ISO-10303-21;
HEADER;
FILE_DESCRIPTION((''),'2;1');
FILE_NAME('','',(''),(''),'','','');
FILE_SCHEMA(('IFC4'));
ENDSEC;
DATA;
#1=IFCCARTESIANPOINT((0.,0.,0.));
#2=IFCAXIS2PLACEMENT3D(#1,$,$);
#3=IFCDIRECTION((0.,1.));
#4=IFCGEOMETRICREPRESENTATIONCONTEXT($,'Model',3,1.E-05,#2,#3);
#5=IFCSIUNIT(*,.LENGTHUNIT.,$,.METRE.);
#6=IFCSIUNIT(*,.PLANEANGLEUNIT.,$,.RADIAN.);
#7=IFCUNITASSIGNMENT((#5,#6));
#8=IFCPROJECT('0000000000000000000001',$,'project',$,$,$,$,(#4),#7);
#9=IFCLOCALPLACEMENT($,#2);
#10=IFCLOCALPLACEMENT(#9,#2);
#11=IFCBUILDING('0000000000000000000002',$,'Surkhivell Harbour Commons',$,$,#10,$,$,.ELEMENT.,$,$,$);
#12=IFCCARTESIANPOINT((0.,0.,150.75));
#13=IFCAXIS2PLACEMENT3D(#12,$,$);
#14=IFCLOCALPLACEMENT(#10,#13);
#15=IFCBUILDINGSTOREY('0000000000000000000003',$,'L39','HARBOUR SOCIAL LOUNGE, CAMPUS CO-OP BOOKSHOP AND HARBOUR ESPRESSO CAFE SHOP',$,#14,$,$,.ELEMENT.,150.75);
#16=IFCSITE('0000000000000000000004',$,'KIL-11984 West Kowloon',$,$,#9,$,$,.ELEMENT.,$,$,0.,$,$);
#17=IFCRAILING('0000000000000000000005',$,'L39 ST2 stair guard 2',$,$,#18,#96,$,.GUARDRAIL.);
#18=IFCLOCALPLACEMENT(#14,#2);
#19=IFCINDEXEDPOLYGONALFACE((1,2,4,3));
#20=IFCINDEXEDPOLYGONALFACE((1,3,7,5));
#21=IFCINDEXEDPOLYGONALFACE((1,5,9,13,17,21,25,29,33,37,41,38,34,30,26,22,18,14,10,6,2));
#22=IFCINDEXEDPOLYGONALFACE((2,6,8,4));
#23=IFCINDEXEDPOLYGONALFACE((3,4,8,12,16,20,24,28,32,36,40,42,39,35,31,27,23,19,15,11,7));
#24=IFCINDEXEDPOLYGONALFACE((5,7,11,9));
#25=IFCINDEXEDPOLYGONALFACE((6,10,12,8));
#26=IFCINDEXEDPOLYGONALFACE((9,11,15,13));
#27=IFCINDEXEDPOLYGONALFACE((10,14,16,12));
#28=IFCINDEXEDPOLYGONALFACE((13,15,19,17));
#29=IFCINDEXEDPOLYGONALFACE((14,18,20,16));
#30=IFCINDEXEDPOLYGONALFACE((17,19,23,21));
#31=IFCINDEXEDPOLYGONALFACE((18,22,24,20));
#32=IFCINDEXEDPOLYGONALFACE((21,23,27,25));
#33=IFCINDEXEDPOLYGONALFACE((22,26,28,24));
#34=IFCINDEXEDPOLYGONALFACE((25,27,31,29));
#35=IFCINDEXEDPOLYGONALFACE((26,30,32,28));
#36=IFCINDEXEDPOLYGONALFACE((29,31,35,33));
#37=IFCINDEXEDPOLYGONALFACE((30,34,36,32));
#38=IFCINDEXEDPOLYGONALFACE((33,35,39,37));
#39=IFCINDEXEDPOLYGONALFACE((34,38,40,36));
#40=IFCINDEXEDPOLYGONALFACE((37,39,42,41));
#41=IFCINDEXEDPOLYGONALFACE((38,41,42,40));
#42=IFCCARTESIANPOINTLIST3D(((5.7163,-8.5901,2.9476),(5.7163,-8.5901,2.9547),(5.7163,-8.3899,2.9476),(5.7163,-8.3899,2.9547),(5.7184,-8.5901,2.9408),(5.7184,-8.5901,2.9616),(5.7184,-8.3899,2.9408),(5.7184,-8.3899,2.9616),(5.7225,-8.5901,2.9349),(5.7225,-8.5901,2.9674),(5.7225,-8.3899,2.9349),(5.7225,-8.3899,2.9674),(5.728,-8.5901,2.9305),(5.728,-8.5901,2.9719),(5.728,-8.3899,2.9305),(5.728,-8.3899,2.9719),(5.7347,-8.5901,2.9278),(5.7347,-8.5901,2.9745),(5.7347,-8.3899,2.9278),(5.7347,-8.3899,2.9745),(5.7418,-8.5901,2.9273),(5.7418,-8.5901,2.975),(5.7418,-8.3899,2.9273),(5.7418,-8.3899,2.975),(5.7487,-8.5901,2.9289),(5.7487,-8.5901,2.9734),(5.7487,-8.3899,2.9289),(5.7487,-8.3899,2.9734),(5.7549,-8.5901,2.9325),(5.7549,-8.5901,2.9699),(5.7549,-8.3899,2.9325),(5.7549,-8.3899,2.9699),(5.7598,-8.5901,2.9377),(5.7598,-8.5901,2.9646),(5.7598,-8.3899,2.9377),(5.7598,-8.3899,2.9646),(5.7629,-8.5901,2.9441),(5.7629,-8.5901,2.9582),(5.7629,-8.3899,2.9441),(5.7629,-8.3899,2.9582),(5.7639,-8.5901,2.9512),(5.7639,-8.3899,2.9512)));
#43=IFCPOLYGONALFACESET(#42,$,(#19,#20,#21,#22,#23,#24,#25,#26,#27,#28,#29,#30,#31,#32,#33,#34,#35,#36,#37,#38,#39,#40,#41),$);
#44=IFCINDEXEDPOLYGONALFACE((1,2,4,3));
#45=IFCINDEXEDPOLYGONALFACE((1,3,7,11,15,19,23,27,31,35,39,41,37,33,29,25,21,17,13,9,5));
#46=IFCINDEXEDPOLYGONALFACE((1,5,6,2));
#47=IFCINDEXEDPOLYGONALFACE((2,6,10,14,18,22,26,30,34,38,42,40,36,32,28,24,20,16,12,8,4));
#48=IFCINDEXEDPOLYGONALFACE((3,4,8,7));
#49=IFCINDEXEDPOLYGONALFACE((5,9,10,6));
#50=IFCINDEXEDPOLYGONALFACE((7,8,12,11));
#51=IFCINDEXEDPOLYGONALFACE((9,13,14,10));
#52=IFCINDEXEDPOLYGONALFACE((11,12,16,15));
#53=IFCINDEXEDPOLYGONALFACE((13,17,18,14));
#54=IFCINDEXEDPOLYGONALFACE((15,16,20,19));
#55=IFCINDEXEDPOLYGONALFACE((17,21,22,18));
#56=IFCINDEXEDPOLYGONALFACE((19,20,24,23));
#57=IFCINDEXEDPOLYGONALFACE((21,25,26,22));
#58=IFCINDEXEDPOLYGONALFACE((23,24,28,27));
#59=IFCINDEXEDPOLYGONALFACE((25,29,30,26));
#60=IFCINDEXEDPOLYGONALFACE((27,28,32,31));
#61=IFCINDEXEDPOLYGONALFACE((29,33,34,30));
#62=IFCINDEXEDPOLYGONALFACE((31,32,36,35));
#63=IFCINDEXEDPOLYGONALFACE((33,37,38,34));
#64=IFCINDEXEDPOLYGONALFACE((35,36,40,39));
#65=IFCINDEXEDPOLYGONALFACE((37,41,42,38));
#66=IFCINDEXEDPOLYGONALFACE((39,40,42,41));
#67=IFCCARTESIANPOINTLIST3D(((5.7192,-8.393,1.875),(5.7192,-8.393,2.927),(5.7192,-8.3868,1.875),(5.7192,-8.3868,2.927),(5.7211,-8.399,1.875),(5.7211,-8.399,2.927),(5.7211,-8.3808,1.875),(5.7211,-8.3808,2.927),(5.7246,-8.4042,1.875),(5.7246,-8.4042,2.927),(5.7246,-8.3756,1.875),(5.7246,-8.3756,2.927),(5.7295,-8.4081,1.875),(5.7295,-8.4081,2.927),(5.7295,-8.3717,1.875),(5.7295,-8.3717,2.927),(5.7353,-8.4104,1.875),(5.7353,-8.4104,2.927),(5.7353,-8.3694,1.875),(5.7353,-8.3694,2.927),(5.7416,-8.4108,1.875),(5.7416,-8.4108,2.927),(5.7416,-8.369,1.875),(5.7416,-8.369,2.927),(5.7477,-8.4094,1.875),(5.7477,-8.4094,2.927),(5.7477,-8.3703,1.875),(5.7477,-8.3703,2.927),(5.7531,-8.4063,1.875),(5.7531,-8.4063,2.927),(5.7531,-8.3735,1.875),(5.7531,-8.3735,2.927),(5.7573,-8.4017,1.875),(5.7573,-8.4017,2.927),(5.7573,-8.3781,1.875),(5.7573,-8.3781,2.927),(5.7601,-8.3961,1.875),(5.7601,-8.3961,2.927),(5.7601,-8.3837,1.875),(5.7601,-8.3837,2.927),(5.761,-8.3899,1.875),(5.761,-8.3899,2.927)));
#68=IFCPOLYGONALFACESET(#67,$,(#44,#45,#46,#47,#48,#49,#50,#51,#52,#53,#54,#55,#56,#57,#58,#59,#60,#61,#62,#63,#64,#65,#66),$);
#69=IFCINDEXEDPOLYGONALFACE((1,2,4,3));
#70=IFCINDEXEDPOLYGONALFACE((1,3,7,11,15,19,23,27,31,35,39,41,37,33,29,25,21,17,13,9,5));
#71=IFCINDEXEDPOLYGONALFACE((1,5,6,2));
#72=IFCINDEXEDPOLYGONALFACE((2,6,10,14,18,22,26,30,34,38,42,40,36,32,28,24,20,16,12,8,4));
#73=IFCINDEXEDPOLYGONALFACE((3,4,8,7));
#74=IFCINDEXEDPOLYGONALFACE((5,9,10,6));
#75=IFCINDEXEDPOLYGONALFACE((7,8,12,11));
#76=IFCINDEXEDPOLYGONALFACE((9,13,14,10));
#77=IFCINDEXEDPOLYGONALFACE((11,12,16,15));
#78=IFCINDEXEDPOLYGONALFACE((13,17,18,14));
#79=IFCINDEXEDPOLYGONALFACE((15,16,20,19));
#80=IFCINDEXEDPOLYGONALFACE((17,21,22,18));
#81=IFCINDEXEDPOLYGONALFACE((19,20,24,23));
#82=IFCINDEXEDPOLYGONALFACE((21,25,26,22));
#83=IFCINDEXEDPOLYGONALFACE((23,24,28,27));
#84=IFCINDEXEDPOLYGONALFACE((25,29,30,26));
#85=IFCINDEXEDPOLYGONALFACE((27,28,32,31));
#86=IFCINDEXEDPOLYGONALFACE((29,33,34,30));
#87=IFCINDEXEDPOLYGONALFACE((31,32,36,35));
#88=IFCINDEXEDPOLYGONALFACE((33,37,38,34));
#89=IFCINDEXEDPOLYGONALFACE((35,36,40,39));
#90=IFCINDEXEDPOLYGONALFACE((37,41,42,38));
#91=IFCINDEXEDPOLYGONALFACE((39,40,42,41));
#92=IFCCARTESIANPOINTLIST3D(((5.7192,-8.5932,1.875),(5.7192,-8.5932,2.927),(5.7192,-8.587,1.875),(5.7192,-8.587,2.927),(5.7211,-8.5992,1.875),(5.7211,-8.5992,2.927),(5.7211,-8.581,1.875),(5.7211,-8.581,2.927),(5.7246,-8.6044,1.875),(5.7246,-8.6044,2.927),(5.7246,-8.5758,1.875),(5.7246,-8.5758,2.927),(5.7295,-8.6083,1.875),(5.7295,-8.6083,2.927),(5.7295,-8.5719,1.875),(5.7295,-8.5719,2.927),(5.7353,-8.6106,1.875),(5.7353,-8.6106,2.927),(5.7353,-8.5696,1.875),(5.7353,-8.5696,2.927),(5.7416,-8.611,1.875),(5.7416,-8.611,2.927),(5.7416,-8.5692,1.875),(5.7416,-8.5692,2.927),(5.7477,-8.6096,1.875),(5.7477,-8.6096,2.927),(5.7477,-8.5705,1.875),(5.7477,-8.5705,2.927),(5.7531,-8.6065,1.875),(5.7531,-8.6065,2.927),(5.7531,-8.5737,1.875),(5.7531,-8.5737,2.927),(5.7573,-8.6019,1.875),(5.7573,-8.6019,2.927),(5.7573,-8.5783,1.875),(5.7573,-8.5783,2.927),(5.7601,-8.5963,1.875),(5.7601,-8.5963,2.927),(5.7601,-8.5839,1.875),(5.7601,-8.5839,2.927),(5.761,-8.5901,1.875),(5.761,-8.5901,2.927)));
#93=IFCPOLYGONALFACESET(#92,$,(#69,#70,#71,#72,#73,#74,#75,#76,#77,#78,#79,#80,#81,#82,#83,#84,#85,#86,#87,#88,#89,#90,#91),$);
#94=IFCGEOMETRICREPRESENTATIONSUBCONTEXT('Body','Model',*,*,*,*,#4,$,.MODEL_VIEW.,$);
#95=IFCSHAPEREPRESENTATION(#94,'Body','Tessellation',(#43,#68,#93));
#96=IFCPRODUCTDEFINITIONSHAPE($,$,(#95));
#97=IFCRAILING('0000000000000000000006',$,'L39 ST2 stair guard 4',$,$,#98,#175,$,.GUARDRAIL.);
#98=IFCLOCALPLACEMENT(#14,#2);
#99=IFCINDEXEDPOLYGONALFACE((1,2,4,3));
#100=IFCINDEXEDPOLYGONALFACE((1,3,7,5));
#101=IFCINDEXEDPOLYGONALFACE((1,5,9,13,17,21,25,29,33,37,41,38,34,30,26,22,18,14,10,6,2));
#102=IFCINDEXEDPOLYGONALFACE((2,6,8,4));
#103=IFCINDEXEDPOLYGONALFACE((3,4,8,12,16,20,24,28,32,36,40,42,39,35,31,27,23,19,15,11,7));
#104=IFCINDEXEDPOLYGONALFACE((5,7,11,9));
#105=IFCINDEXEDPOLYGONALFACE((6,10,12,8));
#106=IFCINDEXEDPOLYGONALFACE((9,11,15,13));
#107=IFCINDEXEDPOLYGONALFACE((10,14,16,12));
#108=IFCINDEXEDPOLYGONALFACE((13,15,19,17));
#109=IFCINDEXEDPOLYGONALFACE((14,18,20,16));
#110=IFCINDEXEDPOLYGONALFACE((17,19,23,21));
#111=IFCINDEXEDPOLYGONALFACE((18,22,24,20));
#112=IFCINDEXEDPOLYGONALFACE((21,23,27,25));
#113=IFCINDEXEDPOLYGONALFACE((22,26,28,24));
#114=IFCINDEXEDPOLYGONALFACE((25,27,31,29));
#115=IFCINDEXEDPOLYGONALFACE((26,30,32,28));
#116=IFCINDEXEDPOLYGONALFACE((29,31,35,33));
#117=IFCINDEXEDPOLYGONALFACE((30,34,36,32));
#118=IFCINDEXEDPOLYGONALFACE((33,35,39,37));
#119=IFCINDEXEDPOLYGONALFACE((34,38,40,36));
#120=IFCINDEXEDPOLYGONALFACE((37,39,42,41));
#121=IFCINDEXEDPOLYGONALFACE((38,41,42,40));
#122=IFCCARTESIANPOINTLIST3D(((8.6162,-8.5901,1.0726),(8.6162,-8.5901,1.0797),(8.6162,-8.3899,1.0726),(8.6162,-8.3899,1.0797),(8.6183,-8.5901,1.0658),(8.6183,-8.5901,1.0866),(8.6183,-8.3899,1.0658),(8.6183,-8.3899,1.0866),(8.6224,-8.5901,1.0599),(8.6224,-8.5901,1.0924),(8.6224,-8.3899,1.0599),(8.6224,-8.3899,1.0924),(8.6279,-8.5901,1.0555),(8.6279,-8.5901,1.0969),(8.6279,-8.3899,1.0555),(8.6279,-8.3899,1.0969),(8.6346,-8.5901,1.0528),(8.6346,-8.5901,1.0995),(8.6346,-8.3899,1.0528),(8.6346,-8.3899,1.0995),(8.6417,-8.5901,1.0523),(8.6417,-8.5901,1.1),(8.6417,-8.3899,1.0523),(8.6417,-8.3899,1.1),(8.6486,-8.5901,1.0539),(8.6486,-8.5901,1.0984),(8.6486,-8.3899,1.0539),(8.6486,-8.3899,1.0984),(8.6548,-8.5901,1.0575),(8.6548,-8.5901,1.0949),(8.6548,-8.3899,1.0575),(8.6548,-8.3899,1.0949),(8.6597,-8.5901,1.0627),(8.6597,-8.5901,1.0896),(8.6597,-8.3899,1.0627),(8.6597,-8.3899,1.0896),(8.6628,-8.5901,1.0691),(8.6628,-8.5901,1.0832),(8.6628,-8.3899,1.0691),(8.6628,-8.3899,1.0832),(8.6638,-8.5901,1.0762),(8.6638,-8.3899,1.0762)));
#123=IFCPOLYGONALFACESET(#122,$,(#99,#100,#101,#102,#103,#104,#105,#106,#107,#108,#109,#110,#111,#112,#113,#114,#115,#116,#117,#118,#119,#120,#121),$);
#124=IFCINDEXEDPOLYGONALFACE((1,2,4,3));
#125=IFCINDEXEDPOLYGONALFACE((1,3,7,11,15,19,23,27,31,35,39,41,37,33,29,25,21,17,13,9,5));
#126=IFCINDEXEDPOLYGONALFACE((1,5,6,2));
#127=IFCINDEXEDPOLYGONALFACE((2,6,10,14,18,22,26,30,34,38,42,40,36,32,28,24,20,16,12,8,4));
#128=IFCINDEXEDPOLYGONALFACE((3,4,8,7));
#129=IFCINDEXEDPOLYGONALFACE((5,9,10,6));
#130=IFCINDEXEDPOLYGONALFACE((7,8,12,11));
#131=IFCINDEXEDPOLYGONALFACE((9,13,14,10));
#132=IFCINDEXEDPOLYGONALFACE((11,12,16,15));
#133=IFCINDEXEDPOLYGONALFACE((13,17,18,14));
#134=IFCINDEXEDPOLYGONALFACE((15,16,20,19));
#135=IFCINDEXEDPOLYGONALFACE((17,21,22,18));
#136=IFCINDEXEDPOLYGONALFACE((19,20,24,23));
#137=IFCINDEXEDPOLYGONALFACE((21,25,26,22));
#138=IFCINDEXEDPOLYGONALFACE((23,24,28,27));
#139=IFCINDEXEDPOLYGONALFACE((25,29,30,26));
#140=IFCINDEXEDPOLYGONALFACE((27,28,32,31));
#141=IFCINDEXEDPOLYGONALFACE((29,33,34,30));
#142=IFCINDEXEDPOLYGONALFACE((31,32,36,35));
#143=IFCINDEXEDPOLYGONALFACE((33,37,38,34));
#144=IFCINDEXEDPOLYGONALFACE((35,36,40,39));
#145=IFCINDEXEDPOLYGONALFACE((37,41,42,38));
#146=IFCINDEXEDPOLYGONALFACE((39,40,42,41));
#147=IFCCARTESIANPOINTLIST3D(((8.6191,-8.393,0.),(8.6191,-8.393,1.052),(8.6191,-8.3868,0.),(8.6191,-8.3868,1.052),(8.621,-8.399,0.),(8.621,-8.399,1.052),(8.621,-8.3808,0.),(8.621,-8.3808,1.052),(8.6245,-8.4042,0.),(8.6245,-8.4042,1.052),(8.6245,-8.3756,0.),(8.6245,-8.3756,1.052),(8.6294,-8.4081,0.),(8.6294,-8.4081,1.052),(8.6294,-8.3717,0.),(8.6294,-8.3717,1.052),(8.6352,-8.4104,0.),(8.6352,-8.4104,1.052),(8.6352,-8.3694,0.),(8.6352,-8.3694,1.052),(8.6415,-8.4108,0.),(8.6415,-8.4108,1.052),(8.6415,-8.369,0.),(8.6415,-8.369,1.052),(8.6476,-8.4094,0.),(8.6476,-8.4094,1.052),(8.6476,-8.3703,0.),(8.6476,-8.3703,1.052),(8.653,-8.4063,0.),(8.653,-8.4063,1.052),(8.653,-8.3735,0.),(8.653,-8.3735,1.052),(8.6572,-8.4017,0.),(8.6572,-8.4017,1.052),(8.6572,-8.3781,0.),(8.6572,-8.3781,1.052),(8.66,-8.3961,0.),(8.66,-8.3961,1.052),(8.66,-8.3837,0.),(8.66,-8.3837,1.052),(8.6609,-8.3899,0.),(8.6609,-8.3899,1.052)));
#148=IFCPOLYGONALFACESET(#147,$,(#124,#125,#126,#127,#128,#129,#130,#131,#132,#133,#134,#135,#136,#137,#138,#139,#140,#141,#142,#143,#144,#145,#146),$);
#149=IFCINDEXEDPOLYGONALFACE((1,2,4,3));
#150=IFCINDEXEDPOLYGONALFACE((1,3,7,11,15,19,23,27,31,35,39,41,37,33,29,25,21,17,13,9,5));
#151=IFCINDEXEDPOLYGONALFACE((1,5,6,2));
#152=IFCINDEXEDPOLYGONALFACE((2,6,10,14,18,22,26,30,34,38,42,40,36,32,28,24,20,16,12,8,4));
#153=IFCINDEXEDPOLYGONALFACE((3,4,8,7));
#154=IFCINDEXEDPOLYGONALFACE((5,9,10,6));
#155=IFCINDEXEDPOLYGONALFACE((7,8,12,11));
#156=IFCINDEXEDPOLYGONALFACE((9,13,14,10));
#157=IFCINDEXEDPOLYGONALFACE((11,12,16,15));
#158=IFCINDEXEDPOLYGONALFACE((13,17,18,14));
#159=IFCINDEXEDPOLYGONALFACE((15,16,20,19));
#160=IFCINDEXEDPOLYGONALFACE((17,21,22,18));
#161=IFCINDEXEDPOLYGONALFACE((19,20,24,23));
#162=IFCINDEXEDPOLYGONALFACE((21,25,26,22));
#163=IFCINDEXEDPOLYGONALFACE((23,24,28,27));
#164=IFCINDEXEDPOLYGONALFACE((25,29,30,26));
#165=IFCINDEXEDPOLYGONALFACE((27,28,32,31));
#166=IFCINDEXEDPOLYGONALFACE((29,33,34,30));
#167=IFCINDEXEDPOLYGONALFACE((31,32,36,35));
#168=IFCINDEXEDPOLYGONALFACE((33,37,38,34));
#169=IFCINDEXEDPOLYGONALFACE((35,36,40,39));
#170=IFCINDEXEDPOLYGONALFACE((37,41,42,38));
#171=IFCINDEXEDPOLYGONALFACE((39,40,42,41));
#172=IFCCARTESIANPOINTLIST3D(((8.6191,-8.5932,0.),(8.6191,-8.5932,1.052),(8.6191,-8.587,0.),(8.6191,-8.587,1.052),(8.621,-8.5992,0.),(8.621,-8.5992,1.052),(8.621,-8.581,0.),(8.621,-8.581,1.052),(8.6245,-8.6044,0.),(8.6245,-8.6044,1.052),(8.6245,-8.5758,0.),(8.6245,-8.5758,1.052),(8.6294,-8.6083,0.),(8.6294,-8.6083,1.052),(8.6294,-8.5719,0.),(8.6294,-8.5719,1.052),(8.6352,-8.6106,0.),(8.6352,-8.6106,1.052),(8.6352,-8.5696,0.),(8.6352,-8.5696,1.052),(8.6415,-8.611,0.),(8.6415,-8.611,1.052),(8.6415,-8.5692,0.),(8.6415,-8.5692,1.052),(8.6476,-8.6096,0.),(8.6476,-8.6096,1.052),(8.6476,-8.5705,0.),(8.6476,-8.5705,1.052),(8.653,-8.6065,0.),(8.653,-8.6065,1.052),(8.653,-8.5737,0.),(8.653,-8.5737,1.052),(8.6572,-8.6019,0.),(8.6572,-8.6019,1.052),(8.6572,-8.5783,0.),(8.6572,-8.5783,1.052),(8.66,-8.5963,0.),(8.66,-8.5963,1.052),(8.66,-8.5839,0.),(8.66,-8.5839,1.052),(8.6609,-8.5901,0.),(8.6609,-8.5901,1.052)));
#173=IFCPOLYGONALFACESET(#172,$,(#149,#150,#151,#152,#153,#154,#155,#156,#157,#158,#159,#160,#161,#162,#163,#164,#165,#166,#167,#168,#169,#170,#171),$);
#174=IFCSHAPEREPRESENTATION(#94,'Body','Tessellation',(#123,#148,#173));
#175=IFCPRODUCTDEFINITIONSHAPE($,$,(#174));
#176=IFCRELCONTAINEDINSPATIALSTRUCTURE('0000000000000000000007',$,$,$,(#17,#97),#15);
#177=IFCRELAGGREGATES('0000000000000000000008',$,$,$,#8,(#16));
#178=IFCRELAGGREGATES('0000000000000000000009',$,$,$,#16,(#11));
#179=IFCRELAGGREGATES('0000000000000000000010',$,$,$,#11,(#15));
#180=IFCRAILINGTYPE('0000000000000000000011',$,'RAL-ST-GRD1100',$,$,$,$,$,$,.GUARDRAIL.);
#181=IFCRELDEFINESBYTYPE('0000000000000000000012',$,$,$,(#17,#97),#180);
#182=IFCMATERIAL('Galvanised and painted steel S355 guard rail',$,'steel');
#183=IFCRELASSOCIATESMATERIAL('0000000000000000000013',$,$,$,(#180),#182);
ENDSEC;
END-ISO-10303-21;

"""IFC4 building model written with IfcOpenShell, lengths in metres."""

from ifc_helpers import new_model, si_unit, direction, frame, origin, origin_2d, place, context, subcontext, project, spatial, circle, extrude, material, type_object, element, save


model = new_model("IFC4")

# Units and contexts
model_context = context("Model", 3, precision=1e-05, world=origin(), true_north=direction((0.0, 1.0)))
body_context = subcontext(model_context, "Body", "Model", "MODEL_VIEW")
ifc_project = project(units=[si_unit("LENGTHUNIT", "METRE"), si_unit("PLANEANGLEUNIT", "RADIAN")], contexts=[model_context])

# Site, building, storey
site_placement = place(None, origin())
site = spatial("IfcSite", under=ifc_project, at=site_placement, Name="KIL-11984 West Kowloon", CompositionType="ELEMENT", RefElevation=0.0)
building_placement = place(site_placement, origin())
building = spatial("IfcBuilding", under=site, at=building_placement, Name="Surkhivell Harbour Commons", CompositionType="ELEMENT")
storey_placement = place(building_placement, frame((0.0, 0.0, 150.75)))
storey = spatial("IfcBuildingStorey", under=building, at=storey_placement, Name="L39", Description="HARBOUR SOCIAL LOUNGE, CAMPUS CO-OP BOOKSHOP AND HARBOUR ESPRESSO CAFE SHOP", CompositionType="ELEMENT", Elevation=150.75)

# Railings
ifc_material_1 = material(Name="Galvanised and painted steel S355 guard rail", Category="steel")
railing_type_1 = type_object("IfcRailingType", Name="RAL-ST-GRD1100", PredefinedType="GUARDRAIL", material=ifc_material_1)
for number, where, name in (
    (1, (5.74, -8.3899, 1.875), "L39 ST2 stair guard 2"),
    (2, (8.6399, -8.3899, 0.0), "L39 ST2 stair guard 4"),
):
    element("IfcRailing", number, at=place(storey_placement, frame(where)), inside=storey, type_object=railing_type_1, Name=name, PredefinedType="GUARDRAIL", context=body_context, shape_type="SweptSolid", body=[
        extrude(circle(Radius=0.0239, at=origin_2d()), frame((0.0, 0.0, 1.0762), z_axis=(0.0, -1.0, 0.0), x_axis=(1.0, 0.0, 0.0)), (0.0, 0.0, 1.0), 0.2002),
        extrude(circle(Radius=0.021, at=origin_2d()), origin(), (0.0, 0.0, 1.0), 1.052),
        extrude(circle(Radius=0.021, at=origin_2d()), frame((0.0, -0.2002, 0.0)), (0.0, 0.0, 1.0), 1.052),
    ])

save(model, "model.ifc")
